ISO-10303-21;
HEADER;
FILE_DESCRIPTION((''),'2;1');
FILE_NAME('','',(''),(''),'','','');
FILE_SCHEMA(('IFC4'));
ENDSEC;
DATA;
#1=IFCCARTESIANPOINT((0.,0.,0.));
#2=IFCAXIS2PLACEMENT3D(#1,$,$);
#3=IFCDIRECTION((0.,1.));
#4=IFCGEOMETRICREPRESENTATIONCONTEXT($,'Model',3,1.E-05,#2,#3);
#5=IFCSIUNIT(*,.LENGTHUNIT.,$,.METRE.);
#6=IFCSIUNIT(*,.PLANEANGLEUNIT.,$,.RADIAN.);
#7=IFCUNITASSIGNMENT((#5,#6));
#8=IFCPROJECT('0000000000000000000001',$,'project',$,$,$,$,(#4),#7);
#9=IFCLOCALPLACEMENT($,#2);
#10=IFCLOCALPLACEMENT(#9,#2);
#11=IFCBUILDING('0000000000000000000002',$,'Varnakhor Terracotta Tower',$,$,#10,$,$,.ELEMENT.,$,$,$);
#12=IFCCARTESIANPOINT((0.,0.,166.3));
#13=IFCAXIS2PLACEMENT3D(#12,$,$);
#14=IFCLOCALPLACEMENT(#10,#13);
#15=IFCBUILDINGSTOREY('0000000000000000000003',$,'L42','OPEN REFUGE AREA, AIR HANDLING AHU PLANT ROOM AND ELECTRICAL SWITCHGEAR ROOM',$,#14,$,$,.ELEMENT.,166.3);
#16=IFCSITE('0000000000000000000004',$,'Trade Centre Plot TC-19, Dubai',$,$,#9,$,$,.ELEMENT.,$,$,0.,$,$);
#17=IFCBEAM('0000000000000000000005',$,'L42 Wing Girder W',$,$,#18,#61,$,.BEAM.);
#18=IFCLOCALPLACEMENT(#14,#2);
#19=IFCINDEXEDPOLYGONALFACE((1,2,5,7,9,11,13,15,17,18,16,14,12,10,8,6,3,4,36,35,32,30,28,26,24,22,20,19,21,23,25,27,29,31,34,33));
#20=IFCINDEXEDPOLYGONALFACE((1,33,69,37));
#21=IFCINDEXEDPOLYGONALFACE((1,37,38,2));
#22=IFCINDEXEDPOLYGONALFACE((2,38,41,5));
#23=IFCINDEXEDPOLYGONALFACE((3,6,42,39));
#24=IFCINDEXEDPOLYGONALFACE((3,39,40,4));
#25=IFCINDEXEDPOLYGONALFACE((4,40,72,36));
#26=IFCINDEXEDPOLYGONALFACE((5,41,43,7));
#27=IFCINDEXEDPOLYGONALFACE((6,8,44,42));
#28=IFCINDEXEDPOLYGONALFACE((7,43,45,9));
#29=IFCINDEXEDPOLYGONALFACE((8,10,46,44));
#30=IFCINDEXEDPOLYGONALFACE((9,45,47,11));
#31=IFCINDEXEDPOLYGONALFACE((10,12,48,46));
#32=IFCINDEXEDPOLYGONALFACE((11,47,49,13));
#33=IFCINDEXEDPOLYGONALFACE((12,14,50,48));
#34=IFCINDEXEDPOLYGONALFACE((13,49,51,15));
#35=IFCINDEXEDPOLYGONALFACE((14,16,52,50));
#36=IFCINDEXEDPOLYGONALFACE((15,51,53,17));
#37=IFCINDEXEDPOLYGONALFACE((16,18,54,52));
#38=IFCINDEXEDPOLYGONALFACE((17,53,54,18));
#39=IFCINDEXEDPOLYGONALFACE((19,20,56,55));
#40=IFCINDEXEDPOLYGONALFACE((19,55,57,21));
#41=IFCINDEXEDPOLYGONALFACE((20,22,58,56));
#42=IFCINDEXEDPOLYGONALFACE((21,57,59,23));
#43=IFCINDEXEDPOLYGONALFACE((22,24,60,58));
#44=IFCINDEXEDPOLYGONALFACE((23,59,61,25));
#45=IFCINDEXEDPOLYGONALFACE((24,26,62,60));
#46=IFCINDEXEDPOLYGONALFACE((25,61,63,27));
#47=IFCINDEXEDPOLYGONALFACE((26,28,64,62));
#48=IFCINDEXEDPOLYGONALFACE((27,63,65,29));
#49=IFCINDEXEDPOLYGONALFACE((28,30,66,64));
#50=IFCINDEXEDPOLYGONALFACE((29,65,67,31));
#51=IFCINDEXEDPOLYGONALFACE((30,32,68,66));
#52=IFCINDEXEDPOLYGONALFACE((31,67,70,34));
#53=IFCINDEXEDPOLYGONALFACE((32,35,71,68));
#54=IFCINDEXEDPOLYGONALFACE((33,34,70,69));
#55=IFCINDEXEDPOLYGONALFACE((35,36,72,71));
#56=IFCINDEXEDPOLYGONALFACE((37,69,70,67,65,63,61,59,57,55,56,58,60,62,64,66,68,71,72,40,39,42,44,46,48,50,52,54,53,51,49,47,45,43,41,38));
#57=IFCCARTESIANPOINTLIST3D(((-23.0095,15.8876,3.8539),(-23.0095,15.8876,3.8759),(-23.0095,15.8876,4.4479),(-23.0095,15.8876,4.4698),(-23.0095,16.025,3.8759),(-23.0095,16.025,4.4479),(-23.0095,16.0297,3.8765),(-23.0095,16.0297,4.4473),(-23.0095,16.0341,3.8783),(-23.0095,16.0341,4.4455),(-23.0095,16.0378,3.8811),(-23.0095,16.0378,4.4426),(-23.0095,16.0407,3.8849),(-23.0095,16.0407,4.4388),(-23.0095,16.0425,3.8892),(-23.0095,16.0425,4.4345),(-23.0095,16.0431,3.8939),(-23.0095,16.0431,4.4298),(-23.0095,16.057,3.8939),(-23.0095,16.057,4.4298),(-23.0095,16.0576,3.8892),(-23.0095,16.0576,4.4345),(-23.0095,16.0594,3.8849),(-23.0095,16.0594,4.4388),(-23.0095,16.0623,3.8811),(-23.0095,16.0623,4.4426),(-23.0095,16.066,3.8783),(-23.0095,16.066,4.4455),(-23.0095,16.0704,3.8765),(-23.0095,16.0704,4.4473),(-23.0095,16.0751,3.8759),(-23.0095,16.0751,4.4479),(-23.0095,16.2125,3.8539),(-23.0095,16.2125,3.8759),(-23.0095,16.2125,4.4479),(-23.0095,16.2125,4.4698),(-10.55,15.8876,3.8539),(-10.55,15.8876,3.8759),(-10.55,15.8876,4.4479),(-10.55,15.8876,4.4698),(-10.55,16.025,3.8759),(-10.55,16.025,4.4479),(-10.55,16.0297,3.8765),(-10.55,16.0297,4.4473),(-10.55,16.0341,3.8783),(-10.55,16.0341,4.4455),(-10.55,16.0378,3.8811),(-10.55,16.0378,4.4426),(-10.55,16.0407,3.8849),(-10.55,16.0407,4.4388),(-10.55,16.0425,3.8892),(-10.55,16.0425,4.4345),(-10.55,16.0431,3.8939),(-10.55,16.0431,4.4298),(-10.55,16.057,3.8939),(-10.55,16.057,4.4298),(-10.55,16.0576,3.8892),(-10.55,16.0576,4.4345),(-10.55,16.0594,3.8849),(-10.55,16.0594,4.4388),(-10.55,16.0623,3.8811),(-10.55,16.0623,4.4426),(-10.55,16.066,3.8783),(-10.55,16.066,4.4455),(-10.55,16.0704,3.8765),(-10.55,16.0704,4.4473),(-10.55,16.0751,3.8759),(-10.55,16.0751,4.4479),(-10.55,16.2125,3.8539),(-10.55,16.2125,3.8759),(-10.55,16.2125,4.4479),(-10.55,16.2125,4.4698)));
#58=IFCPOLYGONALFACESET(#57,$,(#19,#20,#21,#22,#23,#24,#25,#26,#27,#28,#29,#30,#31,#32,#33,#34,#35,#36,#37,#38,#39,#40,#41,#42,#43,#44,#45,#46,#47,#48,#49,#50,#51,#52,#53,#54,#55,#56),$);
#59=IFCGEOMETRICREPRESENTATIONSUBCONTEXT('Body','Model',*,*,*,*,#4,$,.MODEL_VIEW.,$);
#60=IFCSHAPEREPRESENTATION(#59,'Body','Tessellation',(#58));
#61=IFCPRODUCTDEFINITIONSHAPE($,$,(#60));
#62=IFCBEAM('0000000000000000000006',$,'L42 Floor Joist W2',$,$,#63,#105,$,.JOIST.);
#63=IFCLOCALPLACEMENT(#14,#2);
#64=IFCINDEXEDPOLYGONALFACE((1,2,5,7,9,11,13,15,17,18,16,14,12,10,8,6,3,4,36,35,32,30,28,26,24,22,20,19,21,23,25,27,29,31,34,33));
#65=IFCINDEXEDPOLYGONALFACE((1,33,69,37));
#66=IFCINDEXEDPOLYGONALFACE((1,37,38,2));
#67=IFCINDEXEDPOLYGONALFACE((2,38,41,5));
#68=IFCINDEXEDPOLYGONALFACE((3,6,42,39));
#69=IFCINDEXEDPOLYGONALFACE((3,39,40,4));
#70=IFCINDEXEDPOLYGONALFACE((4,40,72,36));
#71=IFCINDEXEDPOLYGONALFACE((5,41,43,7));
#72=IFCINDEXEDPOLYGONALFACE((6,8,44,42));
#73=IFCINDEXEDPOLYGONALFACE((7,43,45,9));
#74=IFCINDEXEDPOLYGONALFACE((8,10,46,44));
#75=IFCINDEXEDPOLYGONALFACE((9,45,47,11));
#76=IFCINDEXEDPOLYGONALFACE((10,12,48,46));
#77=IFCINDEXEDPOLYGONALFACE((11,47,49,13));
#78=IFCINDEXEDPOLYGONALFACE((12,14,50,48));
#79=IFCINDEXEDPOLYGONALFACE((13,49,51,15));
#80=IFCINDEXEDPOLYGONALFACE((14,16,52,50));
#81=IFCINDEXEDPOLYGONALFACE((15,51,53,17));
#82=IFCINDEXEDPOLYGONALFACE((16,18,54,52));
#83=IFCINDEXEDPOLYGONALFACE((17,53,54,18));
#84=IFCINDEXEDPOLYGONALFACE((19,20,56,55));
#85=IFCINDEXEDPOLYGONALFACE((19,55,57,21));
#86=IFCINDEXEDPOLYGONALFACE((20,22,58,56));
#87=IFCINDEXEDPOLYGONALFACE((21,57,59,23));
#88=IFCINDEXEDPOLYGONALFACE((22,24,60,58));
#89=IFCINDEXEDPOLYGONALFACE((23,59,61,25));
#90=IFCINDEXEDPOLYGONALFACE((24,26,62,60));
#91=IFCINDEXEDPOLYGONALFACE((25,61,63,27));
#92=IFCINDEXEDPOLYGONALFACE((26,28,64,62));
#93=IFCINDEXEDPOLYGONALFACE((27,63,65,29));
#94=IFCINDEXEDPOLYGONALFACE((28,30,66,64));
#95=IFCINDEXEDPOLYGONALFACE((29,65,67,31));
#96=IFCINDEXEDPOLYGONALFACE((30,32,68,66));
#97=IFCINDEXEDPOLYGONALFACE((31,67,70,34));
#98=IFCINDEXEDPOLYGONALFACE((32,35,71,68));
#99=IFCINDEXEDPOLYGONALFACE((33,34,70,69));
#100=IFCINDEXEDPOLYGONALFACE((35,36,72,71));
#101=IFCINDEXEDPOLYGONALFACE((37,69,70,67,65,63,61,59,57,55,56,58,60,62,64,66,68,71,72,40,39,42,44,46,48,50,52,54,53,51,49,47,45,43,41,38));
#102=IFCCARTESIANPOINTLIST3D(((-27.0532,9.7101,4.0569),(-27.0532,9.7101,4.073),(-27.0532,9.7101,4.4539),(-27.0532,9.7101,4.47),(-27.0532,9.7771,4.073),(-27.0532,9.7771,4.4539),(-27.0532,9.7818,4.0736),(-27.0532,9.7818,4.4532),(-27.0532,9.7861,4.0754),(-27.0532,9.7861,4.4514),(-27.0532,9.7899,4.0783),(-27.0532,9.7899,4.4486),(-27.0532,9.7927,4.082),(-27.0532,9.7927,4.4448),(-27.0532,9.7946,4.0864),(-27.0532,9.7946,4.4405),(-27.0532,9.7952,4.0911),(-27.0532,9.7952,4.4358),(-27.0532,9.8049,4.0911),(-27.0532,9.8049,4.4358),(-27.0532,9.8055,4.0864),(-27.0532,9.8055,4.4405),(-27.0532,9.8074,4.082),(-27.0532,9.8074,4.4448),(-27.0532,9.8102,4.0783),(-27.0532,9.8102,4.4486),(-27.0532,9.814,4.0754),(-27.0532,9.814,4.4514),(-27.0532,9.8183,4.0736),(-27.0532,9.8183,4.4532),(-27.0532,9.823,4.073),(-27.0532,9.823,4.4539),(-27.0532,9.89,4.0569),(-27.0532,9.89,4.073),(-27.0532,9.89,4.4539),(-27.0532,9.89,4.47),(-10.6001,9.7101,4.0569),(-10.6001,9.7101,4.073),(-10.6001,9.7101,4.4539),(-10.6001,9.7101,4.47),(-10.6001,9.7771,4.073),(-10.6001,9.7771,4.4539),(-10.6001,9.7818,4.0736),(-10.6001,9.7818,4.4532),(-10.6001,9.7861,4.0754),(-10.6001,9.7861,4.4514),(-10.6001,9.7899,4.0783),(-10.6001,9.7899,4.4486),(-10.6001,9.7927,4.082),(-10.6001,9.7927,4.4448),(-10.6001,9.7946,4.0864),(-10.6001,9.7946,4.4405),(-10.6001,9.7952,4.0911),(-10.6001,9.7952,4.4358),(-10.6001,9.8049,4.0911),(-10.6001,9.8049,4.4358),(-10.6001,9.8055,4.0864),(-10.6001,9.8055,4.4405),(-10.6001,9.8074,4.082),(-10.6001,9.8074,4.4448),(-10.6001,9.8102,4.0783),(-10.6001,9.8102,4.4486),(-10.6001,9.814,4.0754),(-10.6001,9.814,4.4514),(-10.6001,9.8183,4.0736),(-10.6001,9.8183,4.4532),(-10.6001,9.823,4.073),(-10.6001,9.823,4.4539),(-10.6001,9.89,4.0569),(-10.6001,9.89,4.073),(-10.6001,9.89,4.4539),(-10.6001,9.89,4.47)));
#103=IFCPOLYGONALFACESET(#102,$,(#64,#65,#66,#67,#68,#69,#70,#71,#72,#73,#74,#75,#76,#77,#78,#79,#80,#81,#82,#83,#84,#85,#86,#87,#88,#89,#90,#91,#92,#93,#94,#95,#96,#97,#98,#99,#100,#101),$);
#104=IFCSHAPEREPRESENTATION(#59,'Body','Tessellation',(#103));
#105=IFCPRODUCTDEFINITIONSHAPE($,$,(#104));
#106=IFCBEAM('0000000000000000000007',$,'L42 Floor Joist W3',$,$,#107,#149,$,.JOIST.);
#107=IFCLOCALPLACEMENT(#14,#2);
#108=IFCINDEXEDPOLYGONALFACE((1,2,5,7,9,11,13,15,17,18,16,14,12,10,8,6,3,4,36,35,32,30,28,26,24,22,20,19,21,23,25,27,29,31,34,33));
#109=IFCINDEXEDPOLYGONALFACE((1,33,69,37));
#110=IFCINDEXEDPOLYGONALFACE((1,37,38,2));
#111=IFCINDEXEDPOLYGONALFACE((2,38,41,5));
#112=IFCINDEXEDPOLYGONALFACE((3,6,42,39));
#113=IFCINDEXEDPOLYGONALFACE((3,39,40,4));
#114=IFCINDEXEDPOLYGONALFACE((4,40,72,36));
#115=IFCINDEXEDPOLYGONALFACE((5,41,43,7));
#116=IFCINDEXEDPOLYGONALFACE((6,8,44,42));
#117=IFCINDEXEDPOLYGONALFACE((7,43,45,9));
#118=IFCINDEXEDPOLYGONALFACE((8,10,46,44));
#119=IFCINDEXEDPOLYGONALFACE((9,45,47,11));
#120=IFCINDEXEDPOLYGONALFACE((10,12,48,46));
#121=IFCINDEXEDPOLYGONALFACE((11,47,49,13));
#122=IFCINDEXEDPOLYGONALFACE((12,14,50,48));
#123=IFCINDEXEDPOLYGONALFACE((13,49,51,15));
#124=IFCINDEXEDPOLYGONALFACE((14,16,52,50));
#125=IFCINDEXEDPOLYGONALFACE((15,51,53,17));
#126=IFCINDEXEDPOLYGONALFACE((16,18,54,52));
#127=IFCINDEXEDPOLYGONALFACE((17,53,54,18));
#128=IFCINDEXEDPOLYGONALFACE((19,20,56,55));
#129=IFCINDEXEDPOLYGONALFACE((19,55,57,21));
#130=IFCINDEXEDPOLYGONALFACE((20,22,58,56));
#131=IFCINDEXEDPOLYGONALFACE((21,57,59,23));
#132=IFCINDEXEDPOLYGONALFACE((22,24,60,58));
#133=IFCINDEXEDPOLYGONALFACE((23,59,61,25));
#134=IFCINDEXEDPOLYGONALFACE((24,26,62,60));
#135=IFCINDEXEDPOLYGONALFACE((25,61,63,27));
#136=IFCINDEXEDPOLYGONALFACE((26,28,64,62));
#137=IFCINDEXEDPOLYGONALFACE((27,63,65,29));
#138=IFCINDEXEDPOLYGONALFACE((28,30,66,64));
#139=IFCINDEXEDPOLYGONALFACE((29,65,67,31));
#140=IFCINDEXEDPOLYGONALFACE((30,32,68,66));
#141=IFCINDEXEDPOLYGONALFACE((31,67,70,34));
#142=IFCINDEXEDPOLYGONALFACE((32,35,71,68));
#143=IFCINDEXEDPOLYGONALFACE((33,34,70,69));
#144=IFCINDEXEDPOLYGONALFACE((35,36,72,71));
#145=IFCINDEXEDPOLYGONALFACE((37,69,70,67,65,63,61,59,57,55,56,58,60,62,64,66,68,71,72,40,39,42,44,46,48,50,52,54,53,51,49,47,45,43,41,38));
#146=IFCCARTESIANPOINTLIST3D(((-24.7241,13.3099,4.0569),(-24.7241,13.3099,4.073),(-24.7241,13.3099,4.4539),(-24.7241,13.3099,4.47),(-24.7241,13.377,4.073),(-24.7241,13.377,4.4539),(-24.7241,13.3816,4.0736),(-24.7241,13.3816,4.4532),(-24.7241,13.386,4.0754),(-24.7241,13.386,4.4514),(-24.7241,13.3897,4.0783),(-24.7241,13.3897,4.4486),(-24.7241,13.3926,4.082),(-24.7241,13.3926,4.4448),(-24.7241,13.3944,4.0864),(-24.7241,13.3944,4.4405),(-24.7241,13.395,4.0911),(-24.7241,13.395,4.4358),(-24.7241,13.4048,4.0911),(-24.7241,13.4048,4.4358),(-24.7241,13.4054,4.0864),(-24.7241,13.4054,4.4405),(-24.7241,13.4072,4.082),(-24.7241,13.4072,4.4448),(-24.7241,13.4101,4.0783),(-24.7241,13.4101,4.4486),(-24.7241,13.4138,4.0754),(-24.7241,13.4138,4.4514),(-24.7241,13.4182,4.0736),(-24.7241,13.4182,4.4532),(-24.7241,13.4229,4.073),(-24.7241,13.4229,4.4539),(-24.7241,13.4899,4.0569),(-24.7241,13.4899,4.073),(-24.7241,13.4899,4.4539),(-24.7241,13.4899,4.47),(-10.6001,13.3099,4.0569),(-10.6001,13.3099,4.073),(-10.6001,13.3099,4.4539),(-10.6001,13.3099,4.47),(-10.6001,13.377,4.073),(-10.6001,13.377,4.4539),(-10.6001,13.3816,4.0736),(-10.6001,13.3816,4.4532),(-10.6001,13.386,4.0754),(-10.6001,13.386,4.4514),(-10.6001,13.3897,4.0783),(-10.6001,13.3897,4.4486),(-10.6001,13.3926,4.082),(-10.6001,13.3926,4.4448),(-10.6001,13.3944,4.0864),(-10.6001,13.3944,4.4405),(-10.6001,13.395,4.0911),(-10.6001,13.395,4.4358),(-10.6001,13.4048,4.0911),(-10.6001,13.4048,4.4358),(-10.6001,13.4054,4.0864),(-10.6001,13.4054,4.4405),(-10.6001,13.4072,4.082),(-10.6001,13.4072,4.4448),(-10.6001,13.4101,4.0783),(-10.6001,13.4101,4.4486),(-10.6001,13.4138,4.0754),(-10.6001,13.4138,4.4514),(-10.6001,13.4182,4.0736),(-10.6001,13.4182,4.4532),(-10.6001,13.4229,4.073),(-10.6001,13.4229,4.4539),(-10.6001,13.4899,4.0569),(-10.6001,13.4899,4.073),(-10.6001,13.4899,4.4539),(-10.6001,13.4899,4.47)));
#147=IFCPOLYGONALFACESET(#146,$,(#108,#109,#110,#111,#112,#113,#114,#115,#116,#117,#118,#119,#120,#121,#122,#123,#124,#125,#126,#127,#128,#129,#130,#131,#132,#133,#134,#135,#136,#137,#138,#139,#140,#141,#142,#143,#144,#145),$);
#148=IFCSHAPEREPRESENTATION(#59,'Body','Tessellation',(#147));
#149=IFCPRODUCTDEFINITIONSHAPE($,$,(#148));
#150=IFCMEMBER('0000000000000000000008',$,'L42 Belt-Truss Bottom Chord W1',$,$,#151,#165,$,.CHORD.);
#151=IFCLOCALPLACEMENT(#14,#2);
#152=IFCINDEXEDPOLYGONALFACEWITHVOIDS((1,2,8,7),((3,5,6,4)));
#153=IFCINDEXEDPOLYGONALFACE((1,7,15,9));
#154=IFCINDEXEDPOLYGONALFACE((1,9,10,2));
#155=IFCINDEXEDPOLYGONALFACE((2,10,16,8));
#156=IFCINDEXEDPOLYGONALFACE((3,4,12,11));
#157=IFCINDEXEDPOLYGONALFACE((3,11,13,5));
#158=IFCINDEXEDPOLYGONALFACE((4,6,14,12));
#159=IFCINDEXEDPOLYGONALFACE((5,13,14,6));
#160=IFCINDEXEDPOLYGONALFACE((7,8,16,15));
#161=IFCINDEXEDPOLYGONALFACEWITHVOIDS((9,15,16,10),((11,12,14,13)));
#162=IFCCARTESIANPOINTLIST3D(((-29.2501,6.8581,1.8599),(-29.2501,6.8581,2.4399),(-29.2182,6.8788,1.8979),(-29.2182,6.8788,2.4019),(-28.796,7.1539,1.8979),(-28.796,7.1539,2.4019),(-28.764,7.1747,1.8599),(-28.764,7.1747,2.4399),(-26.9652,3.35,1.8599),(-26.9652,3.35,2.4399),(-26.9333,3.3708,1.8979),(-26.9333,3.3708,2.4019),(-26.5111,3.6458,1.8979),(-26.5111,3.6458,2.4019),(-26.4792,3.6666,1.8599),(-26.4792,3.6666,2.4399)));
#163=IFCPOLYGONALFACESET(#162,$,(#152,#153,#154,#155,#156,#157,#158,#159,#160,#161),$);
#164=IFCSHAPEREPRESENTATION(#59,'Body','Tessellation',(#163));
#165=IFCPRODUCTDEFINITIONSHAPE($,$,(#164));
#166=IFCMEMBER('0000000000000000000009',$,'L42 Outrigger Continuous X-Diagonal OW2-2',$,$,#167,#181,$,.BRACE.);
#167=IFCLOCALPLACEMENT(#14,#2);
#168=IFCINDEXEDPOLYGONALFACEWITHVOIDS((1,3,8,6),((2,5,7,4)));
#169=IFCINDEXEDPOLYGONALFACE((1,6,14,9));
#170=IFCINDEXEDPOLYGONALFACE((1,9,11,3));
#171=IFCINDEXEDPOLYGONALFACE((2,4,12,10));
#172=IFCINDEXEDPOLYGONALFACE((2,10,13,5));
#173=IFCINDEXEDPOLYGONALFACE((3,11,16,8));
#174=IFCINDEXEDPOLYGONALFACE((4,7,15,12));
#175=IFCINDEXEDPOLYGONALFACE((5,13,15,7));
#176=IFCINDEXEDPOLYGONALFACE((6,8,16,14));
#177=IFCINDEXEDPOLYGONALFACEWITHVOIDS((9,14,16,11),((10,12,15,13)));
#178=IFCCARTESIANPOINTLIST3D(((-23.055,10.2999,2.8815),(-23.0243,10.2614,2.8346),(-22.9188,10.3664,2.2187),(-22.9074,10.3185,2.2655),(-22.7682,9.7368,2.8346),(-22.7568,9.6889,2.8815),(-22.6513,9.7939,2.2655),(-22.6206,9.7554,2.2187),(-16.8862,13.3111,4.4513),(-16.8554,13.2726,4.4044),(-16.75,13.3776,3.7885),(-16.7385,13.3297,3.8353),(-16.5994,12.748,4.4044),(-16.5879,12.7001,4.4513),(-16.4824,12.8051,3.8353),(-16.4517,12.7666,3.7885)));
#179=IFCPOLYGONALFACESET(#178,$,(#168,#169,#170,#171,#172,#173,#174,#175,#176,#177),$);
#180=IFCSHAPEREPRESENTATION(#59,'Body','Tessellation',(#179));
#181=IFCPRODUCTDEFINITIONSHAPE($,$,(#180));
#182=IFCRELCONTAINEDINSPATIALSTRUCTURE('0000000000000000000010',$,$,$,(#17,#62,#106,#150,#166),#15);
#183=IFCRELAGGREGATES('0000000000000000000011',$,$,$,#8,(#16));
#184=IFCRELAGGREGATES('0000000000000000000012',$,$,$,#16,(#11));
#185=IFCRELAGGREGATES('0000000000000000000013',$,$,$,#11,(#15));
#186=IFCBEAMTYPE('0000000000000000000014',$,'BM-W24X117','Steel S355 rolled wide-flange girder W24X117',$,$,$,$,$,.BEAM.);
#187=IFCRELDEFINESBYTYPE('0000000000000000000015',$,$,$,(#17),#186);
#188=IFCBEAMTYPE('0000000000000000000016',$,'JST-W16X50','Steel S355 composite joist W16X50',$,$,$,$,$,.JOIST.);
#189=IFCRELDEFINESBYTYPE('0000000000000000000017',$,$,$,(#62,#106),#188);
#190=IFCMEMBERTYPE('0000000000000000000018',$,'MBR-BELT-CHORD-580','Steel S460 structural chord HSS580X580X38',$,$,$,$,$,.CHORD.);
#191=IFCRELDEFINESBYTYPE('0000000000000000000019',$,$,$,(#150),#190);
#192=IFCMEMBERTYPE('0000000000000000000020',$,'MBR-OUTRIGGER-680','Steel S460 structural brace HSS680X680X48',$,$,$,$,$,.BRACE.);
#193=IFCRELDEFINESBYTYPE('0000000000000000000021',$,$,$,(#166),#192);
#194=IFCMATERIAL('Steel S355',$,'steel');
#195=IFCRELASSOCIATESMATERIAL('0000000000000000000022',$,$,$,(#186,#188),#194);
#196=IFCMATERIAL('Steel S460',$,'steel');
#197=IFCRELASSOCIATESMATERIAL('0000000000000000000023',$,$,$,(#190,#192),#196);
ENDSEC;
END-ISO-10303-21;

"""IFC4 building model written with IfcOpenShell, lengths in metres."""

from ifc_helpers import new_model, si_unit, direction, frame, origin, origin_2d, place, context, subcontext, project, spatial, hollow_rectangle, i_section, extrude, source, transform, mapped, material, material_profile, profile_set, type_object, element, save


model = new_model("IFC4")

# Units and contexts
model_context = context("Model", 3, precision=1e-05, world=origin(), true_north=direction((0.0, 1.0)))
body_context = subcontext(model_context, "Body", "Model", "MODEL_VIEW")
ifc_project = project(units=[si_unit("LENGTHUNIT", "METRE"), si_unit("PLANEANGLEUNIT", "RADIAN")], contexts=[model_context])

# Site, building, storey
site_placement = place(None, origin())
site = spatial("IfcSite", under=ifc_project, at=site_placement, Name="Trade Centre Plot TC-19, Dubai", CompositionType="ELEMENT", RefElevation=0.0)
building_placement = place(site_placement, origin())
building = spatial("IfcBuilding", under=site, at=building_placement, Name="Varnakhor Terracotta Tower", CompositionType="ELEMENT")
storey_placement = place(building_placement, frame((0.0, 0.0, 166.3)))
storey = spatial("IfcBuildingStorey", under=building, at=storey_placement, Name="L42", Description="OPEN REFUGE AREA, AIR HANDLING AHU PLANT ROOM AND ELECTRICAL SWITCHGEAR ROOM", CompositionType="ELEMENT", Elevation=166.3)

# Beams
ifc_material_1 = material(Name="Steel S355", Category="steel")
ifc_material_profile_1 = material_profile(ifc_material_1, i_section(OverallWidth=0.325, OverallDepth=0.616, WebThickness=0.0139, FlangeThickness=0.022, FilletRadius=0.0181, at=origin_2d()), Name="W24X117")
ifc_profile_set_1 = profile_set([ifc_material_profile_1], Name="Steel S355")
beam_type_1 = type_object("IfcBeamType", Name="BM-W24X117", Description="Steel S355 rolled wide-flange girder W24X117", PredefinedType="BEAM", material=ifc_profile_set_1)
shared_shape_1 = source(origin(), body_context, "Body", "SweptSolid", [
    extrude(i_section(OverallWidth=0.325, OverallDepth=0.616, WebThickness=0.0139, FlangeThickness=0.022, FilletRadius=0.0181, at=origin_2d()), origin(), (0.0, 0.0, 1.0), 12.4595),
])
beam_1_placement = place(storey_placement, frame((-23.0095, 16.05, 4.1619), z_axis=(1.0, 0.0, 0.0), x_axis=(0.0, 1.0, 0.0)))
element("IfcBeam", 1, at=beam_1_placement, inside=storey, type_object=beam_type_1, Name="L42 Wing Girder W", PredefinedType="BEAM", context=body_context, shape_type="MappedRepresentation", body=[
    mapped(shared_shape_1, transform((0.0, 0.0, 0.0), scale=1.0)),
])
ifc_material_profile_2 = material_profile(ifc_material_1, i_section(OverallWidth=0.1799, OverallDepth=0.4131, WebThickness=0.0098, FlangeThickness=0.0161, FilletRadius=0.0181, at=origin_2d()), Name="W16X50")
ifc_profile_set_2 = profile_set([ifc_material_profile_2], Name="Steel S355")
beam_type_2 = type_object("IfcBeamType", Name="JST-W16X50", Description="Steel S355 composite joist W16X50", PredefinedType="JOIST", material=ifc_profile_set_2)
shared_shape_2 = source(origin(), body_context, "Body", "SweptSolid", [
    extrude(i_section(OverallWidth=0.1799, OverallDepth=0.4131, WebThickness=0.0098, FlangeThickness=0.0161, FilletRadius=0.0181, at=origin_2d()), origin(), (0.0, 0.0, 1.0), 16.4531),
])
beam_2_placement = place(storey_placement, frame((-27.0532, 9.8, 4.2634), z_axis=(1.0, 0.0, 0.0), x_axis=(0.0, 1.0, 0.0)))
element("IfcBeam", 2, at=beam_2_placement, inside=storey, type_object=beam_type_2, Name="L42 Floor Joist W2", PredefinedType="JOIST", context=body_context, shape_type="MappedRepresentation", body=[
    mapped(shared_shape_2, transform((0.0, 0.0, 0.0), scale=1.0)),
])
shared_shape_3 = source(origin(), body_context, "Body", "SweptSolid", [
    extrude(i_section(OverallWidth=0.1799, OverallDepth=0.4131, WebThickness=0.0098, FlangeThickness=0.0161, FilletRadius=0.0181, at=origin_2d()), origin(), (0.0, 0.0, 1.0), 14.124),
])
beam_3_placement = place(storey_placement, frame((-24.7241, 13.3999, 4.2634), z_axis=(1.0, 0.0, 0.0), x_axis=(0.0, 1.0, 0.0)))
element("IfcBeam", 3, at=beam_3_placement, inside=storey, type_object=beam_type_2, Name="L42 Floor Joist W3", PredefinedType="JOIST", context=body_context, shape_type="MappedRepresentation", body=[
    mapped(shared_shape_3, transform((0.0, 0.0, 0.0), scale=1.0)),
])

# Members
ifc_material_2 = material(Name="Steel S460", Category="steel")
ifc_material_profile_3 = material_profile(ifc_material_2, hollow_rectangle(XDim=0.5801, YDim=0.5801, WallThickness=0.0381, at=origin_2d()), Name="HSS580X580X38")
ifc_profile_set_3 = profile_set([ifc_material_profile_3], Name="Steel S460")
member_type_1 = type_object("IfcMemberType", Name="MBR-BELT-CHORD-580", Description="Steel S460 structural chord HSS580X580X38", PredefinedType="CHORD", material=ifc_profile_set_3)
shared_shape_4 = source(origin(), body_context, "Body", "SweptSolid", [
    extrude(hollow_rectangle(XDim=0.5801, YDim=0.5801, WallThickness=0.0381, at=origin_2d()), origin(), (0.0, 0.0, 1.0), 4.1865),
])
member_1_placement = place(storey_placement, frame((-29.0071, 7.0164, 2.1499), z_axis=(0.545773, -0.837933, 0.0), x_axis=(0.837933, 0.545773, 0.0)))
element("IfcMember", 4, at=member_1_placement, inside=storey, type_object=member_type_1, Name="L42 Belt-Truss Bottom Chord W1", PredefinedType="CHORD", context=body_context, shape_type="MappedRepresentation", body=[
    mapped(shared_shape_4, transform((0.0, 0.0, 0.0), scale=1.0)),
])
ifc_material_profile_4 = material_profile(ifc_material_2, hollow_rectangle(XDim=0.6799, YDim=0.6799, WallThickness=0.0481, at=origin_2d()), Name="HSS680X680X48")
ifc_profile_set_4 = profile_set([ifc_material_profile_4], Name="Steel S460")
member_type_2 = type_object("IfcMemberType", Name="MBR-OUTRIGGER-680", Description="Steel S460 structural brace HSS680X680X48", PredefinedType="BRACE", material=ifc_profile_set_4)
shared_shape_5 = source(origin(), body_context, "Body", "SweptSolid", [
    extrude(hollow_rectangle(XDim=0.6799, YDim=0.6799, WallThickness=0.0481, at=origin_2d()), origin(), (0.0, 0.0, 1.0), 7.0417),
])
member_2_placement = place(storey_placement, frame((-16.6689, 13.0388, 4.1199), z_axis=(-0.87604, -0.427619, -0.222928), x_axis=(0.438658, -0.898654, 0.0)))
element("IfcMember", 5, at=member_2_placement, inside=storey, type_object=member_type_2, Name="L42 Outrigger Continuous X-Diagonal OW2-2", PredefinedType="BRACE", context=body_context, shape_type="MappedRepresentation", body=[
    mapped(shared_shape_5, transform((0.0, 0.0, 0.0), scale=1.0)),
])

save(model, "model.ifc")
